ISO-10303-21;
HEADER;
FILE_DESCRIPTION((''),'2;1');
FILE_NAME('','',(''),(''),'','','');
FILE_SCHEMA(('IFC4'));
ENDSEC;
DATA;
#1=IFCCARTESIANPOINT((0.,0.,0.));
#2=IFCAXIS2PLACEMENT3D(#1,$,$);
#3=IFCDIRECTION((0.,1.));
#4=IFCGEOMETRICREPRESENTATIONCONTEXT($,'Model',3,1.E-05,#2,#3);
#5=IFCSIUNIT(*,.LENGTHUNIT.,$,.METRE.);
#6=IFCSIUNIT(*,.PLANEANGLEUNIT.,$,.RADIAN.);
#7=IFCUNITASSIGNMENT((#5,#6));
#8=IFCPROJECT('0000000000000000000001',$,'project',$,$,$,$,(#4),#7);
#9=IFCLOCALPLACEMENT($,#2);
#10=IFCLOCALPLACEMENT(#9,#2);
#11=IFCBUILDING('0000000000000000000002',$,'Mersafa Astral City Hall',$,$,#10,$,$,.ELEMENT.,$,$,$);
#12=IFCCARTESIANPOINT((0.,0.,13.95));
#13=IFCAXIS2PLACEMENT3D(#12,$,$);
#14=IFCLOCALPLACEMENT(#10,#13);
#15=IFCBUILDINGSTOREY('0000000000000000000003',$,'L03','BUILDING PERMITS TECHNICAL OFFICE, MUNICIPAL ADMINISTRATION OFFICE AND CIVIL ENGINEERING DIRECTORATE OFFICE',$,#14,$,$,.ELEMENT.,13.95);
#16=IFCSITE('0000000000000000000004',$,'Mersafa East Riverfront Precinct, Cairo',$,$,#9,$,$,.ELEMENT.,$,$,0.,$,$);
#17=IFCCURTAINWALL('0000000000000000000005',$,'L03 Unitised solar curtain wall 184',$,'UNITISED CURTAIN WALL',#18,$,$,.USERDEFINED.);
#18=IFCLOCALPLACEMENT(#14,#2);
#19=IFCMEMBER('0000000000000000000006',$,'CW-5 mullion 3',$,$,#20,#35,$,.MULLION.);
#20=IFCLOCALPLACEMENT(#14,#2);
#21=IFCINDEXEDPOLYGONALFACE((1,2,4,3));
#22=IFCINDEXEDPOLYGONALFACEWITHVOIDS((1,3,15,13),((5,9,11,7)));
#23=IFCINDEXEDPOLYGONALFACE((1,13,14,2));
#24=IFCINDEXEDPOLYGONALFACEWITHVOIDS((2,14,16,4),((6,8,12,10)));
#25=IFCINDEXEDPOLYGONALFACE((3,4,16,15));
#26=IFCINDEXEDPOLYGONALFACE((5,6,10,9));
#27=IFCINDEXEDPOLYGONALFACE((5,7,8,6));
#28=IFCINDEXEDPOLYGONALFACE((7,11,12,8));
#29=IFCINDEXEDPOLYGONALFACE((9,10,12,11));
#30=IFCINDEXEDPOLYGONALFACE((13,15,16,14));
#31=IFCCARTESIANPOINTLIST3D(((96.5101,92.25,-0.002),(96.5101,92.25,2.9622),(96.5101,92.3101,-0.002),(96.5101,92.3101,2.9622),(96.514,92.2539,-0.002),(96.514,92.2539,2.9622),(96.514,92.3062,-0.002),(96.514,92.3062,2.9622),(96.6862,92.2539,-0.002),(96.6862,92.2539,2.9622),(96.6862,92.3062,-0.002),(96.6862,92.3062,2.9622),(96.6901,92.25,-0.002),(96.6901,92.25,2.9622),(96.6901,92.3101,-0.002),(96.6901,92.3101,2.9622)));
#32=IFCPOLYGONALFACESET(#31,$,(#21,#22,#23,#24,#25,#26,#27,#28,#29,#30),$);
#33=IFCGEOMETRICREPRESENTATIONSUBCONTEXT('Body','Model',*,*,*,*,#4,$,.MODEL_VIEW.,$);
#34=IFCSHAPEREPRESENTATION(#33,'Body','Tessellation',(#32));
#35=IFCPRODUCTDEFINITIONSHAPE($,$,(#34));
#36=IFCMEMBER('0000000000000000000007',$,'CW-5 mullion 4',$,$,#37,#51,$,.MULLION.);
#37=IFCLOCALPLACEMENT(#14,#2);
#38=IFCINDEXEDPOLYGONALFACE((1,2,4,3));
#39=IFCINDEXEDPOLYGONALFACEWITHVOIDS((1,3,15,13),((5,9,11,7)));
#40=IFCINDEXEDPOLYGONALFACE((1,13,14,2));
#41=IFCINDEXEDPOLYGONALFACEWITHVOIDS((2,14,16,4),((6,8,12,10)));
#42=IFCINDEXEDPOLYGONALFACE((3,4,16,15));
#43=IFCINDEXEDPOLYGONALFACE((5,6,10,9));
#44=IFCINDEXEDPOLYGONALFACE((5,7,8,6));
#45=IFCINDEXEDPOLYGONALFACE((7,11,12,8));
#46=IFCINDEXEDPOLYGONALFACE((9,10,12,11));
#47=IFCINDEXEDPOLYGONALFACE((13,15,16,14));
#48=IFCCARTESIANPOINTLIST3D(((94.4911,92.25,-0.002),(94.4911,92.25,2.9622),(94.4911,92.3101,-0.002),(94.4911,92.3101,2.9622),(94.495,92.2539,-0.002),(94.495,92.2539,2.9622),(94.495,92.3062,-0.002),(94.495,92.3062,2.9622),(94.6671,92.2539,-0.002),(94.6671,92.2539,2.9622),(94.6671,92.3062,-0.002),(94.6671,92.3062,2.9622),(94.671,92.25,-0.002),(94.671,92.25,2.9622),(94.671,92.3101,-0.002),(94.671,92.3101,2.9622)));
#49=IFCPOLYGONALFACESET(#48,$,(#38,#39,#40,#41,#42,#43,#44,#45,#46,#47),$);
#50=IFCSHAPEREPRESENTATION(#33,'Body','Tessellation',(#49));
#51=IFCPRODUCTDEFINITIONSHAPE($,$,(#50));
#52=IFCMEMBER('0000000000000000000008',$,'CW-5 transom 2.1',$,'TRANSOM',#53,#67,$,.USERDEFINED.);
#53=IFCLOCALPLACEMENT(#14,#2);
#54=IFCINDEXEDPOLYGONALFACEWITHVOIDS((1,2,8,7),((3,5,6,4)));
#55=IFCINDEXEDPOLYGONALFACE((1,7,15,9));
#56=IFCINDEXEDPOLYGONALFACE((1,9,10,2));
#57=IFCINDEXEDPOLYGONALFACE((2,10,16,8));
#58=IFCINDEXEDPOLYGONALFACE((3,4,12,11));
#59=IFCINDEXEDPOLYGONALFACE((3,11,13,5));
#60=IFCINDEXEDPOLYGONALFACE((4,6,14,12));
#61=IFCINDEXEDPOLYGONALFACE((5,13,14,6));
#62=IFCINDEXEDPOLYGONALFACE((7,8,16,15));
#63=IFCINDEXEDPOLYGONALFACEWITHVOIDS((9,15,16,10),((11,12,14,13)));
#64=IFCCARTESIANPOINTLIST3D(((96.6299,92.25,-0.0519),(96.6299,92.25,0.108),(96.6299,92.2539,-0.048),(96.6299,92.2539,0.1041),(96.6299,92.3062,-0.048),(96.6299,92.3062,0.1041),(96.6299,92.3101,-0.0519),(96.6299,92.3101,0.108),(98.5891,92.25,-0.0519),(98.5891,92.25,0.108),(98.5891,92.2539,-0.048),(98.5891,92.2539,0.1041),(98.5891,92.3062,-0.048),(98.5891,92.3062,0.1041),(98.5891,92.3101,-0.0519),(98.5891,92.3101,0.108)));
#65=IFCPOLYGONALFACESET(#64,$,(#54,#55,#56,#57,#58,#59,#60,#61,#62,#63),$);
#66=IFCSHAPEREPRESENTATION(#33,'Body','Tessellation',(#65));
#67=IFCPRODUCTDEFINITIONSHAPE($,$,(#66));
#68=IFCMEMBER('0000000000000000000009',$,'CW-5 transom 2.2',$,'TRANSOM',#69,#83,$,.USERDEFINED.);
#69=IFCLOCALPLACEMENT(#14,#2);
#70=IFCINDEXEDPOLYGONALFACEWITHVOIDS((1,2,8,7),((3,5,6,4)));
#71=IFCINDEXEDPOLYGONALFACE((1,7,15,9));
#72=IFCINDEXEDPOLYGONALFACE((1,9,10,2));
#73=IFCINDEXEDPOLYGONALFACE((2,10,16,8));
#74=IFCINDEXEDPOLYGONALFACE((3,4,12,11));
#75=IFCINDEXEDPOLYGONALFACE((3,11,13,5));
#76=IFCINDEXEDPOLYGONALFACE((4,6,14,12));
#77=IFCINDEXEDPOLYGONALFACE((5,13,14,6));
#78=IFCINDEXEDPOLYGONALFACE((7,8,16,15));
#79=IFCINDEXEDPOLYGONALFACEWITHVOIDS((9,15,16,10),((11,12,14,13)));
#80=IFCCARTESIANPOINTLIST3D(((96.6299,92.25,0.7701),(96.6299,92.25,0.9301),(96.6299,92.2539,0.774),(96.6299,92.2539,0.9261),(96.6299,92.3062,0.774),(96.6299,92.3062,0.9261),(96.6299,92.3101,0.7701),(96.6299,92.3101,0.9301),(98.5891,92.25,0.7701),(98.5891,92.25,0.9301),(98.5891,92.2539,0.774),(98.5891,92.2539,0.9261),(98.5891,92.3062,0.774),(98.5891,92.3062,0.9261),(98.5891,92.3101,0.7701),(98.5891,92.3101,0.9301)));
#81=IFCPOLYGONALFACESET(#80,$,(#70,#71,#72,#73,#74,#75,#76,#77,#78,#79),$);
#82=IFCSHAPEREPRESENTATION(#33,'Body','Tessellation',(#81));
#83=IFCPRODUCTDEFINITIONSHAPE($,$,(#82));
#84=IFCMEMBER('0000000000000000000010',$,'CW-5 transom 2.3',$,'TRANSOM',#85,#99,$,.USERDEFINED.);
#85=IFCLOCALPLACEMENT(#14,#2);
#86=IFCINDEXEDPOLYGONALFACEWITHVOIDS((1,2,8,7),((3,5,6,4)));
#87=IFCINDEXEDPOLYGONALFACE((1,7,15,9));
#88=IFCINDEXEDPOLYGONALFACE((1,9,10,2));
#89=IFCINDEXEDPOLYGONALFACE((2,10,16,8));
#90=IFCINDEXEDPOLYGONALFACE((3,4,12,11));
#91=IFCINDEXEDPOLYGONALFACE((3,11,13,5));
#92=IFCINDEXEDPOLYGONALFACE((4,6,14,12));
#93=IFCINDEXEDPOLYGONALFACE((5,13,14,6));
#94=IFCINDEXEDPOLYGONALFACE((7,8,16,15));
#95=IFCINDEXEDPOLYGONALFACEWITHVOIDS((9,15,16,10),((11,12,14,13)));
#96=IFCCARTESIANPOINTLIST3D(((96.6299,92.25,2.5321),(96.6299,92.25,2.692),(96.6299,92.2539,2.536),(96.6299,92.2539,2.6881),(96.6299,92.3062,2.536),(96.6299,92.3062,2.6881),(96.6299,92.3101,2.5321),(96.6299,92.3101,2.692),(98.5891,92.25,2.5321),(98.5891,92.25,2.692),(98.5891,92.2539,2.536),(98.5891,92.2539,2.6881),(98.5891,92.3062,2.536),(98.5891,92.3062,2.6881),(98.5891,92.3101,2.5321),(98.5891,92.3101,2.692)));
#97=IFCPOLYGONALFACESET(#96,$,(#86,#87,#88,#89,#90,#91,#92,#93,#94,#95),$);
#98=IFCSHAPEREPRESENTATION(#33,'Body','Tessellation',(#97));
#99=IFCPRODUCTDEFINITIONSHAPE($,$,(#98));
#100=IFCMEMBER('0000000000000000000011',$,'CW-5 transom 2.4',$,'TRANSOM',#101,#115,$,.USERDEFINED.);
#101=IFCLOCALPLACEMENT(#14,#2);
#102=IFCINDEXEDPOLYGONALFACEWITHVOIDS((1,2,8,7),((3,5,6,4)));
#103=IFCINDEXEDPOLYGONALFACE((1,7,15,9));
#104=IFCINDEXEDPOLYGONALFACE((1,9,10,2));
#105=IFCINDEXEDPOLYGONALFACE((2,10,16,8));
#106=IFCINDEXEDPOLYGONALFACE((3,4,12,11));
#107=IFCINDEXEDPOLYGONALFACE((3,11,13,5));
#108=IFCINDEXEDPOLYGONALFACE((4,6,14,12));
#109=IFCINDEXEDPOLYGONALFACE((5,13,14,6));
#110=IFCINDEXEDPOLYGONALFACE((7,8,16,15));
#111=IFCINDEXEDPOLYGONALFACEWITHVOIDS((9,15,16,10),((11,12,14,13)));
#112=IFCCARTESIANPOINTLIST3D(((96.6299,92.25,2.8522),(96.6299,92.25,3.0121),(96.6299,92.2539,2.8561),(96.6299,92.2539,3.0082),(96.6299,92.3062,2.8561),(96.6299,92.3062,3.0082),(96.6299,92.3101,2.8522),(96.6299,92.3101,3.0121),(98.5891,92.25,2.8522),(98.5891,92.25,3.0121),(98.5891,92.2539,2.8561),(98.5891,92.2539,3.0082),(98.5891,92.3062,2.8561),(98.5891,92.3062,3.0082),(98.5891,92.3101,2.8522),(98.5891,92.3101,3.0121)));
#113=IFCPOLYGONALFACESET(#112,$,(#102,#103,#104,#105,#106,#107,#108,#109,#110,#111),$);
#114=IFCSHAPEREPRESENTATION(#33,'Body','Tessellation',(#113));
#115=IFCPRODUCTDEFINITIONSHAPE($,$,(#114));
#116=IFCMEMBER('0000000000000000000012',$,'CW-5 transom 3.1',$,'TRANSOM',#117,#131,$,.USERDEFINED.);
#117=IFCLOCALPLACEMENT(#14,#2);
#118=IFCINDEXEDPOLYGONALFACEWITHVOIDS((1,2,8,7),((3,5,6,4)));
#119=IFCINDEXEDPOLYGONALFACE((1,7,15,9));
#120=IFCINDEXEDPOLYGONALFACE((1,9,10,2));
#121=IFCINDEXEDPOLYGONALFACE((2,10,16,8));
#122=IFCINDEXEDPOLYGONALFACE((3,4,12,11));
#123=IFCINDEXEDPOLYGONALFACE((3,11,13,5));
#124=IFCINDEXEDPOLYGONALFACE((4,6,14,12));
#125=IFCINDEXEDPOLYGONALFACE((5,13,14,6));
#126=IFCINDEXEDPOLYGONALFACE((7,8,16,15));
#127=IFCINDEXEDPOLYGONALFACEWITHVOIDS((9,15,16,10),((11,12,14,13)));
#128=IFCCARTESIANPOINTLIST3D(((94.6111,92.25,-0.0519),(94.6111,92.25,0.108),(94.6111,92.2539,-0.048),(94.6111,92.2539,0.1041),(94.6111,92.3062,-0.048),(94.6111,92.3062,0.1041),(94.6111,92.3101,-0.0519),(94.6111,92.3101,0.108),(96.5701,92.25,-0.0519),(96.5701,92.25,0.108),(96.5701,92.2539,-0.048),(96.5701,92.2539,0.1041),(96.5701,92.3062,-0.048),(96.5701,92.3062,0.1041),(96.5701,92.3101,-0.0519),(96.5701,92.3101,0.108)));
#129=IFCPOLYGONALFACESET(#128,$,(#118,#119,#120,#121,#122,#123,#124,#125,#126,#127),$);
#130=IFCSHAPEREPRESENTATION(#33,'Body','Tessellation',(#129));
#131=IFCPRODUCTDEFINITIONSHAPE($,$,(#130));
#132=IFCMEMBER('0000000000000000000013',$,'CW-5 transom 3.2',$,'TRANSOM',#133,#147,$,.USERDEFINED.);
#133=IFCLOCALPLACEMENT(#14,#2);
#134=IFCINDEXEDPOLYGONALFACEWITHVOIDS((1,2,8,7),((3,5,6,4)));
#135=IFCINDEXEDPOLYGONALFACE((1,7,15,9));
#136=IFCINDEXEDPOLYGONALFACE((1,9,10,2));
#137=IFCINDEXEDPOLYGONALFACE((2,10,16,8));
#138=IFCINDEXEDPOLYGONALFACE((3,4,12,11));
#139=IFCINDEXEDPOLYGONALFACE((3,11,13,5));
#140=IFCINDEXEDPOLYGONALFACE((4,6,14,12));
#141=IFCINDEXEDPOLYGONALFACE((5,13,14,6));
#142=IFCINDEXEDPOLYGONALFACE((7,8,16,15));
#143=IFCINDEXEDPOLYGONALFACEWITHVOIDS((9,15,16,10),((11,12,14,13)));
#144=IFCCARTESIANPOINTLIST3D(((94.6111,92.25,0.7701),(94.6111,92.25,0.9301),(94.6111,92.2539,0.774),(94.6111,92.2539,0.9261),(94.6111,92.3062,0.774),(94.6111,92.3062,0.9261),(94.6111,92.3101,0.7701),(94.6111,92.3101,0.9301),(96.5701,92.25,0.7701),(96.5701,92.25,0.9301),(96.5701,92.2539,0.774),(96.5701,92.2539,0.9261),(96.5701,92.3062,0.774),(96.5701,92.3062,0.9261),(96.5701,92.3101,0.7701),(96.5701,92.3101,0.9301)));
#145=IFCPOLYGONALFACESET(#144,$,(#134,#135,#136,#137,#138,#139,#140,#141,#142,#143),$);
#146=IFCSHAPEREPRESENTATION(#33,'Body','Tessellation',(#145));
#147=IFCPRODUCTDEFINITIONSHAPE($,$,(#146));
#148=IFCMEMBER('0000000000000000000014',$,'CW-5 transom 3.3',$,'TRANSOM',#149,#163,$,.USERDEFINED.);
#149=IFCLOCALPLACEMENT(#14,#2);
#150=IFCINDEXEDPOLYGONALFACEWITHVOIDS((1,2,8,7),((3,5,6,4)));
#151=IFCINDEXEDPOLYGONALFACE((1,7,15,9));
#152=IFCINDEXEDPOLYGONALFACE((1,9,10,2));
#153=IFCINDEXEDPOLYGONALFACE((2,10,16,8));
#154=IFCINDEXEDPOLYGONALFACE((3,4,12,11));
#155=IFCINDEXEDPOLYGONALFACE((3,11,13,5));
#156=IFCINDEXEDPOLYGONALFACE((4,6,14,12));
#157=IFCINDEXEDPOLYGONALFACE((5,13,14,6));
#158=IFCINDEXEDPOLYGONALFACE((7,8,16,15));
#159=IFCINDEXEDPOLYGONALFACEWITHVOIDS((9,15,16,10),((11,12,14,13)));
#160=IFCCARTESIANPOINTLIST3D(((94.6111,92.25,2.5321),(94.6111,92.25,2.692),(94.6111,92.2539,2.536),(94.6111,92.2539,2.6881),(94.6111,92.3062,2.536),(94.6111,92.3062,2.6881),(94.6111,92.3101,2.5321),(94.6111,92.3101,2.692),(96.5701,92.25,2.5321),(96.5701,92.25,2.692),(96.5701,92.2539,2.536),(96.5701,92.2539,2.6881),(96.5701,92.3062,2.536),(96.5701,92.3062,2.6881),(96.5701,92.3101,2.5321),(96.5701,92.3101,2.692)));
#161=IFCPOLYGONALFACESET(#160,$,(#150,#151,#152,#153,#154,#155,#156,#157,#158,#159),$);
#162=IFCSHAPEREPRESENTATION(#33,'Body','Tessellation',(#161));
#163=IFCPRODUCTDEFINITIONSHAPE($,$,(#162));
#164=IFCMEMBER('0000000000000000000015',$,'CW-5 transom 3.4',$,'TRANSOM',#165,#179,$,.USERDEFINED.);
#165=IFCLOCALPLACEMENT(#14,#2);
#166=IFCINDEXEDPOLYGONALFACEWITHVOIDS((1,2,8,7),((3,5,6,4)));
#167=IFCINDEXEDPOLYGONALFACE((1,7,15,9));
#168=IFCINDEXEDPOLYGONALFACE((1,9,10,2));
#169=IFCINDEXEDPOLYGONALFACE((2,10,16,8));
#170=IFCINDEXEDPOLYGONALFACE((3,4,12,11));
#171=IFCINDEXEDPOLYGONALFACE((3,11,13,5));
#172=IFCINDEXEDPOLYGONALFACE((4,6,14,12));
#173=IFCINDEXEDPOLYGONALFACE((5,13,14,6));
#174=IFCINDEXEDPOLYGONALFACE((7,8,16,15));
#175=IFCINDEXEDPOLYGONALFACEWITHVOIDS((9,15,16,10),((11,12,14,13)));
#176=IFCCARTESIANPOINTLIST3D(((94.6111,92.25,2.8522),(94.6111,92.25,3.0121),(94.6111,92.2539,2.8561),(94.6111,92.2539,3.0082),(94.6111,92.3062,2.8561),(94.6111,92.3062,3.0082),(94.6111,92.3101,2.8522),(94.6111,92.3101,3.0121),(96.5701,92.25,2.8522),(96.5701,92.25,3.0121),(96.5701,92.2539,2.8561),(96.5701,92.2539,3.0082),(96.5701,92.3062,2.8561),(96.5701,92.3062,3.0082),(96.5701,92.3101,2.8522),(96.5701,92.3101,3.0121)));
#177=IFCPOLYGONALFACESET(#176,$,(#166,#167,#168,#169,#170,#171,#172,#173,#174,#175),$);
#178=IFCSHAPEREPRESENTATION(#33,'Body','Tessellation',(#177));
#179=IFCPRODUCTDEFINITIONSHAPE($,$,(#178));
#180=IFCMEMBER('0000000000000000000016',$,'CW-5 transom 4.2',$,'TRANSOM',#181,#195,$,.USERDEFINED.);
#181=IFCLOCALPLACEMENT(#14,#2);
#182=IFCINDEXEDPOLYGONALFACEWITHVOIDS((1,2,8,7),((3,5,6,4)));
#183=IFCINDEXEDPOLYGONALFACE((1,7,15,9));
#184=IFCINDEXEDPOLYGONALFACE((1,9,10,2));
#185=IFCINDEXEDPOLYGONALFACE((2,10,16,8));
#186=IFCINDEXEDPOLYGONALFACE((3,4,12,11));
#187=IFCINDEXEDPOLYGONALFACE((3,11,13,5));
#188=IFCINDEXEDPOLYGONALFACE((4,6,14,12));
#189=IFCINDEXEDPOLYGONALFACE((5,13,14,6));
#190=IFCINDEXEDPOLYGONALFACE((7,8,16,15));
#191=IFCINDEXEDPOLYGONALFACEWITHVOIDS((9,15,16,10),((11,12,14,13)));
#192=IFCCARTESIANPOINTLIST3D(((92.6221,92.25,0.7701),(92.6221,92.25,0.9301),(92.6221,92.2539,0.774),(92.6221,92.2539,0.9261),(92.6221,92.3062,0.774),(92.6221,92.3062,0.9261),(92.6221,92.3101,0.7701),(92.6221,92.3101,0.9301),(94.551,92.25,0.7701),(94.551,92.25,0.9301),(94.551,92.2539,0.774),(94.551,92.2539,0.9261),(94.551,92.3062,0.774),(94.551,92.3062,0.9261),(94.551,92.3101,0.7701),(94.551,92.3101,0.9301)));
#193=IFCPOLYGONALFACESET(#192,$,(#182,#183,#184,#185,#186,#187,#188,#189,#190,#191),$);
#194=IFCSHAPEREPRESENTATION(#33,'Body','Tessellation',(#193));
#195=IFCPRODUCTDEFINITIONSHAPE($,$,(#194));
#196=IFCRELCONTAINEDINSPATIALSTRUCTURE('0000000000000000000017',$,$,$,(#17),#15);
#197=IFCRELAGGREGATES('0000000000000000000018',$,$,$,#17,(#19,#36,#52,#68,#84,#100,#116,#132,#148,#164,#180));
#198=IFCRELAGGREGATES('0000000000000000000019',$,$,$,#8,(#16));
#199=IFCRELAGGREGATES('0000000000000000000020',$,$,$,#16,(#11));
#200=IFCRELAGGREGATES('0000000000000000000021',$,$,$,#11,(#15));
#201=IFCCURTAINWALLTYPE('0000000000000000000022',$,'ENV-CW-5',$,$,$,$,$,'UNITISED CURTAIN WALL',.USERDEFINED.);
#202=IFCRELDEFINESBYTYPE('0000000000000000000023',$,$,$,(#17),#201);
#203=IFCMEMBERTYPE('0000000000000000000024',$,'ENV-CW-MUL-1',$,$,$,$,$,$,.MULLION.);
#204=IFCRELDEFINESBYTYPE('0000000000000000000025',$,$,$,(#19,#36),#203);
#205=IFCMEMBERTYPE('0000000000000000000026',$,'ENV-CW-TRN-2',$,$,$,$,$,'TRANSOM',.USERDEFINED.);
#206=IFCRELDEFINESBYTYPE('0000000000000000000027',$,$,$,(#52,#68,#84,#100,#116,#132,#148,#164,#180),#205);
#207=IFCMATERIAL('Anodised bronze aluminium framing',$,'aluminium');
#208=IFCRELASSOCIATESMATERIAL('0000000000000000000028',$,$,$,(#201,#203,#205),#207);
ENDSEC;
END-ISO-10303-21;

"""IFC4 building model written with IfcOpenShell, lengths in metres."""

from ifc_helpers import new_model, si_unit, direction, frame, origin, origin_2d, place, context, subcontext, project, spatial, hollow_rectangle, extrude, material, material_profile, profile_set, type_object, element, aggregate, save


model = new_model("IFC4")

# Units and contexts
model_context = context("Model", 3, precision=1e-05, world=origin(), true_north=direction((0.0, 1.0)))
body_context = subcontext(model_context, "Body", "Model", "MODEL_VIEW")
ifc_project = project(units=[si_unit("LENGTHUNIT", "METRE"), si_unit("PLANEANGLEUNIT", "RADIAN")], contexts=[model_context])

# Site, building, storey
site_placement = place(None, origin())
site = spatial("IfcSite", under=ifc_project, at=site_placement, Name="Mersafa East Riverfront Precinct, Cairo", CompositionType="ELEMENT", RefElevation=0.0)
building_placement = place(site_placement, origin())
building = spatial("IfcBuilding", under=site, at=building_placement, Name="Mersafa Astral City Hall", CompositionType="ELEMENT")
storey_placement = place(building_placement, frame((0.0, 0.0, 13.95)))
storey = spatial("IfcBuildingStorey", under=building, at=storey_placement, Name="L03", Description="BUILDING PERMITS TECHNICAL OFFICE, MUNICIPAL ADMINISTRATION OFFICE AND CIVIL ENGINEERING DIRECTORATE OFFICE", CompositionType="ELEMENT", Elevation=13.95)

# Curtain wall, members
ifc_material_1 = material(Name="Anodised bronze aluminium framing", Category="aluminium")
curtain_wall_type = type_object("IfcCurtainWallType", Name="ENV-CW-5", ElementType="UNITISED CURTAIN WALL", PredefinedType="USERDEFINED", material=ifc_material_1)
curtain_wall_placement = place(storey_placement, origin())
curtain_wall = element("IfcCurtainWall", 1, at=curtain_wall_placement, inside=storey, type_object=curtain_wall_type, Name="L03 Unitised solar curtain wall 184", ObjectType="UNITISED CURTAIN WALL", PredefinedType="USERDEFINED")
ifc_material_profile_1 = material_profile(ifc_material_1, hollow_rectangle(XDim=0.0601, YDim=0.1799, WallThickness=0.0039, at=origin_2d()), Name="RHS 60x180x4")
ifc_profile_set_1 = profile_set([ifc_material_profile_1], Name="Anodised bronze aluminium framing")
member_type_1 = type_object("IfcMemberType", Name="ENV-CW-MUL-1", PredefinedType="MULLION", material=ifc_profile_set_1)
member_1_placement = place(storey_placement, frame((96.6001, 92.28, -0.002), z_axis=(0.0, 0.0, 1.0), x_axis=(0.0, -1.0, 0.0)))
member_1 = element("IfcMember", 2, at=member_1_placement, type_object=member_type_1, Name="CW-5 mullion 3", PredefinedType="MULLION", context=body_context, shape_type="SweptSolid", body=[
    extrude(hollow_rectangle(XDim=0.0601, YDim=0.1799, WallThickness=0.0039, at=origin_2d()), origin(), (0.0, 0.0, 1.0), 2.9641),
])
member_2_placement = place(storey_placement, frame((94.5811, 92.28, -0.002), z_axis=(0.0, 0.0, 1.0), x_axis=(0.0, -1.0, 0.0)))
member_2 = element("IfcMember", 3, at=member_2_placement, type_object=member_type_1, Name="CW-5 mullion 4", PredefinedType="MULLION", context=body_context, shape_type="SweptSolid", body=[
    extrude(hollow_rectangle(XDim=0.0601, YDim=0.1799, WallThickness=0.0039, at=origin_2d()), origin(), (0.0, 0.0, 1.0), 2.9641),
])
ifc_material_profile_2 = material_profile(ifc_material_1, hollow_rectangle(XDim=0.0601, YDim=0.1599, WallThickness=0.0039, at=origin_2d()), Name="RHS 60x160x4")
ifc_profile_set_2 = profile_set([ifc_material_profile_2], Name="Anodised bronze aluminium framing")
member_type_2 = type_object("IfcMemberType", Name="ENV-CW-TRN-2", ElementType="TRANSOM", PredefinedType="USERDEFINED", material=ifc_profile_set_2)
member_3_placement = place(storey_placement, frame((98.5891, 92.28, 0.0281), z_axis=(-1.0, 0.0, 0.0), x_axis=(0.0, -1.0, 0.0)))
member_3 = element("IfcMember", 4, at=member_3_placement, type_object=member_type_2, Name="CW-5 transom 2.1", ObjectType="TRANSOM", PredefinedType="USERDEFINED", context=body_context, shape_type="SweptSolid", body=[
    extrude(hollow_rectangle(XDim=0.0601, YDim=0.1599, WallThickness=0.0039, at=origin_2d()), origin(), (0.0, 0.0, 1.0), 1.9592),
])
member_4_placement = place(storey_placement, frame((98.5891, 92.28, 0.8501), z_axis=(-1.0, 0.0, 0.0), x_axis=(0.0, -1.0, 0.0)))
member_4 = element("IfcMember", 5, at=member_4_placement, type_object=member_type_2, Name="CW-5 transom 2.2", ObjectType="TRANSOM", PredefinedType="USERDEFINED", context=body_context, shape_type="SweptSolid", body=[
    extrude(hollow_rectangle(XDim=0.0601, YDim=0.1599, WallThickness=0.0039, at=origin_2d()), origin(), (0.0, 0.0, 1.0), 1.9592),
])
member_5_placement = place(storey_placement, frame((98.5891, 92.28, 2.6121), z_axis=(-1.0, 0.0, 0.0), x_axis=(0.0, -1.0, 0.0)))
member_5 = element("IfcMember", 6, at=member_5_placement, type_object=member_type_2, Name="CW-5 transom 2.3", ObjectType="TRANSOM", PredefinedType="USERDEFINED", context=body_context, shape_type="SweptSolid", body=[
    extrude(hollow_rectangle(XDim=0.0601, YDim=0.1599, WallThickness=0.0039, at=origin_2d()), origin(), (0.0, 0.0, 1.0), 1.9592),
])
member_6_placement = place(storey_placement, frame((98.5891, 92.28, 2.9321), z_axis=(-1.0, 0.0, 0.0), x_axis=(0.0, -1.0, 0.0)))
member_6 = element("IfcMember", 7, at=member_6_placement, type_object=member_type_2, Name="CW-5 transom 2.4", ObjectType="TRANSOM", PredefinedType="USERDEFINED", context=body_context, shape_type="SweptSolid", body=[
    extrude(hollow_rectangle(XDim=0.0601, YDim=0.1599, WallThickness=0.0039, at=origin_2d()), origin(), (0.0, 0.0, 1.0), 1.9592),
])
member_7_placement = place(storey_placement, frame((96.5701, 92.28, 0.0281), z_axis=(-1.0, 0.0, 0.0), x_axis=(0.0, -1.0, 0.0)))
member_7 = element("IfcMember", 8, at=member_7_placement, type_object=member_type_2, Name="CW-5 transom 3.1", ObjectType="TRANSOM", PredefinedType="USERDEFINED", context=body_context, shape_type="SweptSolid", body=[
    extrude(hollow_rectangle(XDim=0.0601, YDim=0.1599, WallThickness=0.0039, at=origin_2d()), origin(), (0.0, 0.0, 1.0), 1.959),
])
member_8_placement = place(storey_placement, frame((96.5701, 92.28, 0.8501), z_axis=(-1.0, 0.0, 0.0), x_axis=(0.0, -1.0, 0.0)))
member_8 = element("IfcMember", 9, at=member_8_placement, type_object=member_type_2, Name="CW-5 transom 3.2", ObjectType="TRANSOM", PredefinedType="USERDEFINED", context=body_context, shape_type="SweptSolid", body=[
    extrude(hollow_rectangle(XDim=0.0601, YDim=0.1599, WallThickness=0.0039, at=origin_2d()), origin(), (0.0, 0.0, 1.0), 1.959),
])
member_9_placement = place(storey_placement, frame((96.5701, 92.28, 2.6121), z_axis=(-1.0, 0.0, 0.0), x_axis=(0.0, -1.0, 0.0)))
member_9 = element("IfcMember", 10, at=member_9_placement, type_object=member_type_2, Name="CW-5 transom 3.3", ObjectType="TRANSOM", PredefinedType="USERDEFINED", context=body_context, shape_type="SweptSolid", body=[
    extrude(hollow_rectangle(XDim=0.0601, YDim=0.1599, WallThickness=0.0039, at=origin_2d()), origin(), (0.0, 0.0, 1.0), 1.959),
])
member_10_placement = place(storey_placement, frame((96.5701, 92.28, 2.9321), z_axis=(-1.0, 0.0, 0.0), x_axis=(0.0, -1.0, 0.0)))
member_10 = element("IfcMember", 11, at=member_10_placement, type_object=member_type_2, Name="CW-5 transom 3.4", ObjectType="TRANSOM", PredefinedType="USERDEFINED", context=body_context, shape_type="SweptSolid", body=[
    extrude(hollow_rectangle(XDim=0.0601, YDim=0.1599, WallThickness=0.0039, at=origin_2d()), origin(), (0.0, 0.0, 1.0), 1.959),
])
member_11_placement = place(storey_placement, frame((94.551, 92.28, 0.8501), z_axis=(-1.0, 0.0, 0.0), x_axis=(0.0, -1.0, 0.0)))
member_11 = element("IfcMember", 12, at=member_11_placement, type_object=member_type_2, Name="CW-5 transom 4.2", ObjectType="TRANSOM", PredefinedType="USERDEFINED", context=body_context, shape_type="SweptSolid", body=[
    extrude(hollow_rectangle(XDim=0.0601, YDim=0.1599, WallThickness=0.0039, at=origin_2d()), origin(), (0.0, 0.0, 1.0), 1.929),
])

aggregate(curtain_wall, [member_1, member_2, member_3, member_4, member_5, member_6, member_7, member_8, member_9, member_10, member_11])

save(model, "model.ifc")
